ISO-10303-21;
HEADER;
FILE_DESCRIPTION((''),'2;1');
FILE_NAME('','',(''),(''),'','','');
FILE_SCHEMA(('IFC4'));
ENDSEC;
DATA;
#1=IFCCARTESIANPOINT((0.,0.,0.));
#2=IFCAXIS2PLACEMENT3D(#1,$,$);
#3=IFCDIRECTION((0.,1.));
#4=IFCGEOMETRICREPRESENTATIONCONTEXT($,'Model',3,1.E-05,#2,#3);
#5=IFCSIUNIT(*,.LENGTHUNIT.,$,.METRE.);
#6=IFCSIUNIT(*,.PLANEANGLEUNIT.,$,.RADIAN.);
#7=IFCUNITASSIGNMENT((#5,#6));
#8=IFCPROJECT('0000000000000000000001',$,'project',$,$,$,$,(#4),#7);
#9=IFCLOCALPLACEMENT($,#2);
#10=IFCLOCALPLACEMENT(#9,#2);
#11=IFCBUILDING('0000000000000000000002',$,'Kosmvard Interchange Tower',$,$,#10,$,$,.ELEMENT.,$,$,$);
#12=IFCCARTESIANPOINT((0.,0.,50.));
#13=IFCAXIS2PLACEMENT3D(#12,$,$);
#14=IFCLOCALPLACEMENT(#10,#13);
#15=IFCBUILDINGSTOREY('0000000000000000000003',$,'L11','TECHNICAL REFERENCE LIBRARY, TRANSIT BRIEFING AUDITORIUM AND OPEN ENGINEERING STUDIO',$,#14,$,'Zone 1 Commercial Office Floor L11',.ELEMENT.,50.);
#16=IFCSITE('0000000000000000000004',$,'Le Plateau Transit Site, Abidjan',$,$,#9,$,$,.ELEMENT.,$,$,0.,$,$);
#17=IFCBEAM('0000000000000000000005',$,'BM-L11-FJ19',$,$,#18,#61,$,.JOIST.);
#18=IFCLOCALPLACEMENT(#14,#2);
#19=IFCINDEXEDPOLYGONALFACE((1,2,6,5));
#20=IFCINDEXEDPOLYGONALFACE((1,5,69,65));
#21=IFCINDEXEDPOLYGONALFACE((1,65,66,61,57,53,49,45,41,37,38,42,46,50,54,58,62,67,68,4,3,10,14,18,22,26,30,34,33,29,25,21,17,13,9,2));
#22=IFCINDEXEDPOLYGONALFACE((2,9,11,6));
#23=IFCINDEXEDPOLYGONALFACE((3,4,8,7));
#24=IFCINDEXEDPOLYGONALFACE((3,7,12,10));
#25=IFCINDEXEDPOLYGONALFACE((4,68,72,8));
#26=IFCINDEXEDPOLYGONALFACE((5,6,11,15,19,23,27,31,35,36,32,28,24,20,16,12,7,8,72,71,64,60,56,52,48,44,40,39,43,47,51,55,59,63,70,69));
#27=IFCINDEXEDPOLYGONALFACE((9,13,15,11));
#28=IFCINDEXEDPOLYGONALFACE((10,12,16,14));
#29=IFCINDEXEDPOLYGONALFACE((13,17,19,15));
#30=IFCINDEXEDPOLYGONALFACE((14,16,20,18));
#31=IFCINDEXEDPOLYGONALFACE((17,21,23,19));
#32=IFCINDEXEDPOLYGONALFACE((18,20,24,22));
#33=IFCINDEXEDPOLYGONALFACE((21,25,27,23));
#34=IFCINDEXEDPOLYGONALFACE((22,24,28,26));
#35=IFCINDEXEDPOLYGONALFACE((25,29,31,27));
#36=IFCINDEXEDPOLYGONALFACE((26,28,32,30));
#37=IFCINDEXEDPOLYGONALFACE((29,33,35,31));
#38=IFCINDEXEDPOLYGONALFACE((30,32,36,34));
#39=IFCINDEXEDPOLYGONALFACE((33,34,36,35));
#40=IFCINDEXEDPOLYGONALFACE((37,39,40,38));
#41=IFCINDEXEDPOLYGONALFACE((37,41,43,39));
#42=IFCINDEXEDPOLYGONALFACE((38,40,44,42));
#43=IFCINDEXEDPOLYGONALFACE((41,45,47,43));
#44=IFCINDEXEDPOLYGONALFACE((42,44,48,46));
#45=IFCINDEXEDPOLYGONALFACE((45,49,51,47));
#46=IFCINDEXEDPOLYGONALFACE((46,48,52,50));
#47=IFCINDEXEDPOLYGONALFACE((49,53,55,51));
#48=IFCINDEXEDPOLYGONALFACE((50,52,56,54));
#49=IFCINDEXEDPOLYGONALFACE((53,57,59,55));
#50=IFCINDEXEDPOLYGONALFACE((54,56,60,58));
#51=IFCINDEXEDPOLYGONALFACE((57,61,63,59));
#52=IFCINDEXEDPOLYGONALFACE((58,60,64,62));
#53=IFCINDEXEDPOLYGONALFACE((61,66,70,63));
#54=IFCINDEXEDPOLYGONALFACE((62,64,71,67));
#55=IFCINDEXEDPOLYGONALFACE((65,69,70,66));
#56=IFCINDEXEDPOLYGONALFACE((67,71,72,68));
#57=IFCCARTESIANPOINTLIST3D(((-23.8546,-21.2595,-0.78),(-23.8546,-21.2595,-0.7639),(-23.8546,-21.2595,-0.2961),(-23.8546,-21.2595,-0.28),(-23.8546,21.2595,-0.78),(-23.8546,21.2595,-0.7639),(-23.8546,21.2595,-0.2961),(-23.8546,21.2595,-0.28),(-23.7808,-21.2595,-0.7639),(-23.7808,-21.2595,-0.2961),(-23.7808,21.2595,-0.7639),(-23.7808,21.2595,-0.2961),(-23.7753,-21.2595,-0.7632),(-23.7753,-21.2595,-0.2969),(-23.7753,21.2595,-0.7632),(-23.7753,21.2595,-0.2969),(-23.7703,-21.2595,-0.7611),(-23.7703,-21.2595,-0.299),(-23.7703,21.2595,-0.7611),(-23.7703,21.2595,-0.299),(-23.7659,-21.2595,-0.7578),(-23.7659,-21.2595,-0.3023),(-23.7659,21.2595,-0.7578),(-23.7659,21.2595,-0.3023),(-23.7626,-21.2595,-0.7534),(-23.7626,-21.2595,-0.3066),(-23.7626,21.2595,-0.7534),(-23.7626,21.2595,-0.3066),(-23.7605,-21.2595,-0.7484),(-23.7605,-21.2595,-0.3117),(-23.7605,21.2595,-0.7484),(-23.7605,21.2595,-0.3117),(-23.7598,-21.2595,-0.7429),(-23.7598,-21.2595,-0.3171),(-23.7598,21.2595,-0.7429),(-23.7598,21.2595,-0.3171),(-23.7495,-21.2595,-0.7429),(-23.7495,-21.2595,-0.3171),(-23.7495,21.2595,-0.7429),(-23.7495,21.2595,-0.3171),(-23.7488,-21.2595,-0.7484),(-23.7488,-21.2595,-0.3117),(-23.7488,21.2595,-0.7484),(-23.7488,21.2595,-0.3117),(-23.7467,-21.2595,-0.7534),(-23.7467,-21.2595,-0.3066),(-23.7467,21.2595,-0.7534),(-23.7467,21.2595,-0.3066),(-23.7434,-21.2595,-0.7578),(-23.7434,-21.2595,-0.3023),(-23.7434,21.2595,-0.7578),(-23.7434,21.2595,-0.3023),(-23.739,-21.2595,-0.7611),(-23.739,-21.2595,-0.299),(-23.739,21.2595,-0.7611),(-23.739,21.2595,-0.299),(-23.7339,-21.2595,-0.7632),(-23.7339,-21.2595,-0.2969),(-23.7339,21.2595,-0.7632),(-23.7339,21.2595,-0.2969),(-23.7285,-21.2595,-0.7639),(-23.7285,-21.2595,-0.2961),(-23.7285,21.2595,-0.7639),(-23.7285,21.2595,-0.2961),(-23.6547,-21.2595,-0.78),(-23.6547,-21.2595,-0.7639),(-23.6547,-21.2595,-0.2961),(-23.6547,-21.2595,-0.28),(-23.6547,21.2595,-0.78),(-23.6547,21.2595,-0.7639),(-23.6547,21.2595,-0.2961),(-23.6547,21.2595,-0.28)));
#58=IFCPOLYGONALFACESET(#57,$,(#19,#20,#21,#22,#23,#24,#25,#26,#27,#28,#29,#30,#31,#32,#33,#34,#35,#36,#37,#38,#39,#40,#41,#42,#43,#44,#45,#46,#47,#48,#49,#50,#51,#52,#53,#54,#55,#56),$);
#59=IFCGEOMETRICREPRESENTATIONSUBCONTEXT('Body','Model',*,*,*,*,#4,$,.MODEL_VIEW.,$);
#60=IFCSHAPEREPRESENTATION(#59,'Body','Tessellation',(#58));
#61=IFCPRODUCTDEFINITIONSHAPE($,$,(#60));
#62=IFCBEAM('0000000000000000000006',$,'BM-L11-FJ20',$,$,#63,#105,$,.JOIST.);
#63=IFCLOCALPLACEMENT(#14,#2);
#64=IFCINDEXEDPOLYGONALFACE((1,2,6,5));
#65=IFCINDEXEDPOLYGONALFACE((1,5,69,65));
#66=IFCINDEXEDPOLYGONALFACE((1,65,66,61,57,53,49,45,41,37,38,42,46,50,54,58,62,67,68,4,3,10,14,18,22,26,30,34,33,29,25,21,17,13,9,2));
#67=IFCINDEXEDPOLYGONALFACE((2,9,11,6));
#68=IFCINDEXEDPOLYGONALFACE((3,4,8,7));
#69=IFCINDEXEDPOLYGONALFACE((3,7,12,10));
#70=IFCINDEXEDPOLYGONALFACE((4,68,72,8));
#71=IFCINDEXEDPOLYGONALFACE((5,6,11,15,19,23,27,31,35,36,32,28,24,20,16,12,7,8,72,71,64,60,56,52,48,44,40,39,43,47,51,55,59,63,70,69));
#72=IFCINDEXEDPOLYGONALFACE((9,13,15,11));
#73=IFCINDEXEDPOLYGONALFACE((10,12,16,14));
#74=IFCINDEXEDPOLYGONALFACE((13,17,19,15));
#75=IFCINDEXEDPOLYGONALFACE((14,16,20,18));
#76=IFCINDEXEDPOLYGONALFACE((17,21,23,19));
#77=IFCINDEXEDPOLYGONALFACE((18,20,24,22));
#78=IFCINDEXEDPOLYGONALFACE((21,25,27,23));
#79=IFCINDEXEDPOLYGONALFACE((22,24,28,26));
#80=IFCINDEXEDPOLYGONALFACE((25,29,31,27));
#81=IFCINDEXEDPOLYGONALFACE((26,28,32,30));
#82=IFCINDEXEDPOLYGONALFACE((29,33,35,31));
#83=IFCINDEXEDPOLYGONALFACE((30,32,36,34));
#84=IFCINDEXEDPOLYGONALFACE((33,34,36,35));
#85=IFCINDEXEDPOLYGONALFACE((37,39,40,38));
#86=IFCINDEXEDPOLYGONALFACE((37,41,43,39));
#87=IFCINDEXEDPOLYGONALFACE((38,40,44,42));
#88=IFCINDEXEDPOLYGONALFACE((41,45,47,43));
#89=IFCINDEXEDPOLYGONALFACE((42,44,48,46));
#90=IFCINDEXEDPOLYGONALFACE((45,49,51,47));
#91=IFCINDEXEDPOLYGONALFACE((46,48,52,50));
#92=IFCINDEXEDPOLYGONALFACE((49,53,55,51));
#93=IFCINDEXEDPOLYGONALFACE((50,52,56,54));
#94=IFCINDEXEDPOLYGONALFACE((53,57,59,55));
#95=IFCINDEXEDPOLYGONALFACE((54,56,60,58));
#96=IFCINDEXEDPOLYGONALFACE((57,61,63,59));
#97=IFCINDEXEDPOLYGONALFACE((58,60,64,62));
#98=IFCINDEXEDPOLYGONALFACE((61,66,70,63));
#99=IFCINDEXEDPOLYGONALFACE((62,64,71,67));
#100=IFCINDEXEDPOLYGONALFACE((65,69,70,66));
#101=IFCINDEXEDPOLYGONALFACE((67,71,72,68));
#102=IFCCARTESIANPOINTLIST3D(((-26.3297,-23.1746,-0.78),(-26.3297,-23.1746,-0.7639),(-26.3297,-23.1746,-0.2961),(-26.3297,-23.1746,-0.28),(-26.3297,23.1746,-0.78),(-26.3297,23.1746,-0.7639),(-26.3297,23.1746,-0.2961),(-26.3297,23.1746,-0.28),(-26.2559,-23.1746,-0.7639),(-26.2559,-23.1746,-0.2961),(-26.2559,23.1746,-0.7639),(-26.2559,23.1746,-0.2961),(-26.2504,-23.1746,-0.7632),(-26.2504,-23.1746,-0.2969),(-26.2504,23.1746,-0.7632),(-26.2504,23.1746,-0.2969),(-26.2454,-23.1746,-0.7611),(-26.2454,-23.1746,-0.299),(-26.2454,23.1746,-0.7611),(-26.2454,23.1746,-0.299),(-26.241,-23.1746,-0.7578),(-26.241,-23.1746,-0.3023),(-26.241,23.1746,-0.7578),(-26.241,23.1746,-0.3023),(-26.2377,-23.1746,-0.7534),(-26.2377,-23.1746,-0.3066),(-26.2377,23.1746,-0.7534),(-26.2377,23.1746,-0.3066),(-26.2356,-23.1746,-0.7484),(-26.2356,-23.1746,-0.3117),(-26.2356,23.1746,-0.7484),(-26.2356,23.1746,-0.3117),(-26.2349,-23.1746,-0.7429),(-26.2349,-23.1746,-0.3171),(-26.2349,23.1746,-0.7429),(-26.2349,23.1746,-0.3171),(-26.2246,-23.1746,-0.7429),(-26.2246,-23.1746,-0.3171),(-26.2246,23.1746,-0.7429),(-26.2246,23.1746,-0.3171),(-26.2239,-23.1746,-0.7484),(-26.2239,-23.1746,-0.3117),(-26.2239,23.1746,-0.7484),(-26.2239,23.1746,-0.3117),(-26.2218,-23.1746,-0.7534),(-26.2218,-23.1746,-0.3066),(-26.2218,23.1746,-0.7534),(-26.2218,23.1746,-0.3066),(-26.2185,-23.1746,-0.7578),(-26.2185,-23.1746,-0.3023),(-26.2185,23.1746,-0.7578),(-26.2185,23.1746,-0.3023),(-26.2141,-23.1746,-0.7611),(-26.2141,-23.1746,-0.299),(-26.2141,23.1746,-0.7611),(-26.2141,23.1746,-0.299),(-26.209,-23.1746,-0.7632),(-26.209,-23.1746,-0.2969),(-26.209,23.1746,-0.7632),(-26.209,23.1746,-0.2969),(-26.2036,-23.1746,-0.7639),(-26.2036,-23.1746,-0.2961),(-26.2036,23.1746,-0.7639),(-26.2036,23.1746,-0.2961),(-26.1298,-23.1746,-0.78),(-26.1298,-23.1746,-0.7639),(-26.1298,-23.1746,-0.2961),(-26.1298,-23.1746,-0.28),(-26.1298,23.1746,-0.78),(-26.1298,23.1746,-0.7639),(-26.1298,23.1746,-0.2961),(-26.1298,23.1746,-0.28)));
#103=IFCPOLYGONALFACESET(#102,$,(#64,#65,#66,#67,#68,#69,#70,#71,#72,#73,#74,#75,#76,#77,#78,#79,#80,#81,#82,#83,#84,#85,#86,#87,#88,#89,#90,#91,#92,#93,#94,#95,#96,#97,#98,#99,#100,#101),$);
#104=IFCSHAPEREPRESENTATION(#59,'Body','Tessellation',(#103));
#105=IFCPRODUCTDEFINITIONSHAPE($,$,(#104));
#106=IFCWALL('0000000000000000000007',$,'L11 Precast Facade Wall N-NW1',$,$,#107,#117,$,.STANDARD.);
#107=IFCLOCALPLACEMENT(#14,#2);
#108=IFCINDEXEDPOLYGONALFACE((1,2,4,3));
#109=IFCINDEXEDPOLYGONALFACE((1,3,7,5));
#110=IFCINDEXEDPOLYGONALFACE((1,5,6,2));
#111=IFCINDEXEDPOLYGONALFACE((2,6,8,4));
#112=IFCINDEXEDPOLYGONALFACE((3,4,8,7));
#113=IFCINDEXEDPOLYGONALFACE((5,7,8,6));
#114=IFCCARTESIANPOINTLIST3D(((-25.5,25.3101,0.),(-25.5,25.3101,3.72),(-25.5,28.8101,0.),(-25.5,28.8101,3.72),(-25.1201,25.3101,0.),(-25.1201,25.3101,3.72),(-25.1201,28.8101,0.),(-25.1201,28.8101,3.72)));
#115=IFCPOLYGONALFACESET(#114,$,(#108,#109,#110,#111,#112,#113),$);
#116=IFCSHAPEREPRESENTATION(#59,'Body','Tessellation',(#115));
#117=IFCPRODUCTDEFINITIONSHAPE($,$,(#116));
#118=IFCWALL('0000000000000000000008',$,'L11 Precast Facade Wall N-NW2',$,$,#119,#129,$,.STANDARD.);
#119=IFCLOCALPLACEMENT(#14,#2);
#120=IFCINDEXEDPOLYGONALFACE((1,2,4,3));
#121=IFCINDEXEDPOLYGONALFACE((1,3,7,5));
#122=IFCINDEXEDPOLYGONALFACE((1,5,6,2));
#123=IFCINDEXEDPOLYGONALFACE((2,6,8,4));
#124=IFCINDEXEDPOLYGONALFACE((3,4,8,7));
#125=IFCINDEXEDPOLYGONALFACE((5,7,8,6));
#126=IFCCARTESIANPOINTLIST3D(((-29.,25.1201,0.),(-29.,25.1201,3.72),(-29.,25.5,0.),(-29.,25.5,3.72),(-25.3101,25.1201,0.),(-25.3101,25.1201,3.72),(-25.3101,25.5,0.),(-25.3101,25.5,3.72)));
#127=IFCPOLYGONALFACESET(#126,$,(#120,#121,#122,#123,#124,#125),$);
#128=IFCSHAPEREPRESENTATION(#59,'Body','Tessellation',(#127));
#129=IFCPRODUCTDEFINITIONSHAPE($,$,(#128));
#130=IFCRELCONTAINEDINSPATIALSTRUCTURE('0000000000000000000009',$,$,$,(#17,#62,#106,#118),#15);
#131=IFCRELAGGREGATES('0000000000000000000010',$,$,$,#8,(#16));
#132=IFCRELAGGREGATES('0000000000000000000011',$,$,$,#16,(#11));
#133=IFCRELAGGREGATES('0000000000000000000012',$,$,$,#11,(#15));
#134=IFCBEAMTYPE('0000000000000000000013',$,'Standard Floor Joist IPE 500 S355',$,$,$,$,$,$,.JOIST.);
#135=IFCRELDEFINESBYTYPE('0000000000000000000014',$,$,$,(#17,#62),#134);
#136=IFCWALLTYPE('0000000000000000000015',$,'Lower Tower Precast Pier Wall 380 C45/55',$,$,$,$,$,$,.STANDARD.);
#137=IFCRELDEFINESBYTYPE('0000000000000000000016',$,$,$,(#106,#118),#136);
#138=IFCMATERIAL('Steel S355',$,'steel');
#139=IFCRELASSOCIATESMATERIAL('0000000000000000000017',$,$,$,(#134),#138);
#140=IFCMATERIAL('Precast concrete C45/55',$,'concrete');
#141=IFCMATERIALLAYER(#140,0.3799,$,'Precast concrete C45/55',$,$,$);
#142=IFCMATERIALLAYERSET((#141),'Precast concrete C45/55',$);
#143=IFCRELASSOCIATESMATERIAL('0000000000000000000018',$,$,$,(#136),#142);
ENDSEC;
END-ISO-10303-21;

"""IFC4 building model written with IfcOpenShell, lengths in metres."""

from ifc_helpers import new_model, si_unit, direction, frame, frame_2d, origin, origin_2d, place, context, subcontext, project, spatial, rectangle, i_section, extrude, source, transform, mapped, material, layer, layer_set, material_profile, profile_set, type_object, element, save


model = new_model("IFC4")

# Units and contexts
model_context = context("Model", 3, precision=1e-05, world=origin(), true_north=direction((0.0, 1.0)))
body_context = subcontext(model_context, "Body", "Model", "MODEL_VIEW")
ifc_project = project(units=[si_unit("LENGTHUNIT", "METRE"), si_unit("PLANEANGLEUNIT", "RADIAN")], contexts=[model_context])

# Site, building, storey
site_placement = place(None, origin())
site = spatial("IfcSite", under=ifc_project, at=site_placement, Name="Le Plateau Transit Site, Abidjan", CompositionType="ELEMENT", RefElevation=0.0)
building_placement = place(site_placement, origin())
building = spatial("IfcBuilding", under=site, at=building_placement, Name="Kosmvard Interchange Tower", CompositionType="ELEMENT")
storey_placement = place(building_placement, frame((0.0, 0.0, 50.0)))
storey = spatial("IfcBuildingStorey", under=building, at=storey_placement, Name="L11", Description="TECHNICAL REFERENCE LIBRARY, TRANSIT BRIEFING AUDITORIUM AND OPEN ENGINEERING STUDIO", LongName="Zone 1 Commercial Office Floor L11", CompositionType="ELEMENT", Elevation=50.0)

# Beams
ifc_material_1 = material(Name="Steel S355", Category="steel")
ifc_material_2 = material(Name="Precast concrete C45/55", Category="concrete")
ifc_material_profile_1 = material_profile(ifc_material_1, i_section(OverallWidth=0.2, OverallDepth=0.5, WebThickness=0.0103, FlangeThickness=0.0161, FilletRadius=0.021, at=origin_2d()), Name="IPE 500")
ifc_profile_set_1 = profile_set([ifc_material_profile_1], Name="Steel S355")
beam_type_1 = type_object("IfcBeamType", Name="Standard Floor Joist IPE 500 S355", PredefinedType="JOIST", material=ifc_profile_set_1)
shared_shape_1 = source(origin(), body_context, "Body", "SweptSolid", [
    extrude(i_section(OverallWidth=0.2, OverallDepth=0.5, WebThickness=0.0103, FlangeThickness=0.0161, FilletRadius=0.021, at=origin_2d()), origin(), (0.0, 0.0, 1.0), 42.519),
])
beam_1_placement = place(storey_placement, frame((-23.7546, 21.2595, -0.53), z_axis=(0.0, -1.0, 0.0), x_axis=(1.0, 0.0, 0.0)))
element("IfcBeam", 1, at=beam_1_placement, inside=storey, type_object=beam_type_1, Name="BM-L11-FJ19", PredefinedType="JOIST", context=body_context, shape_type="MappedRepresentation", body=[
    mapped(shared_shape_1, transform((0.0, 0.0, 0.0), scale=1.0)),
])
shared_shape_2 = source(origin(), body_context, "Body", "SweptSolid", [
    extrude(i_section(OverallWidth=0.2, OverallDepth=0.5, WebThickness=0.0103, FlangeThickness=0.0161, FilletRadius=0.021, at=origin_2d()), origin(), (0.0, 0.0, 1.0), 46.3491),
])
beam_2_placement = place(storey_placement, frame((-26.2297, 23.1746, -0.53), z_axis=(0.0, -1.0, 0.0), x_axis=(1.0, 0.0, 0.0)))
element("IfcBeam", 2, at=beam_2_placement, inside=storey, type_object=beam_type_1, Name="BM-L11-FJ20", PredefinedType="JOIST", context=body_context, shape_type="MappedRepresentation", body=[
    mapped(shared_shape_2, transform((0.0, 0.0, 0.0), scale=1.0)),
])

# Walls
ifc_layer_1 = layer(ifc_material_2, 0.3799, Name="Precast concrete C45/55")
ifc_layer_set_1 = layer_set([ifc_layer_1], Name="Precast concrete C45/55")
wall_type = type_object("IfcWallType", Name="Lower Tower Precast Pier Wall 380 C45/55", PredefinedType="STANDARD", material=ifc_layer_set_1)
wall_1_placement = place(storey_placement, frame((-25.3101, 28.8101, 0.0), z_axis=(0.0, 0.0, 1.0), x_axis=(0.0, -1.0, 0.0)))
element("IfcWall", 3, at=wall_1_placement, inside=storey, type_object=wall_type, Name="L11 Precast Facade Wall N-NW1", PredefinedType="STANDARD", context=body_context, shape_type="SweptSolid", body=[
    extrude(rectangle(XDim=3.5, YDim=0.3799, at=frame_2d((1.75, 0.0))), origin(), (0.0, 0.0, 1.0), 3.72),
])
wall_2_placement = place(storey_placement, frame((-25.3101, 25.3101, 0.0), z_axis=(0.0, 0.0, 1.0), x_axis=(-1.0, 0.0, 0.0)))
element("IfcWall", 4, at=wall_2_placement, inside=storey, type_object=wall_type, Name="L11 Precast Facade Wall N-NW2", PredefinedType="STANDARD", context=body_context, shape_type="SweptSolid", body=[
    extrude(rectangle(XDim=3.6899, YDim=0.3799, at=frame_2d((1.845, 0.0))), origin(), (0.0, 0.0, 1.0), 3.72),
])

save(model, "model.ifc")
